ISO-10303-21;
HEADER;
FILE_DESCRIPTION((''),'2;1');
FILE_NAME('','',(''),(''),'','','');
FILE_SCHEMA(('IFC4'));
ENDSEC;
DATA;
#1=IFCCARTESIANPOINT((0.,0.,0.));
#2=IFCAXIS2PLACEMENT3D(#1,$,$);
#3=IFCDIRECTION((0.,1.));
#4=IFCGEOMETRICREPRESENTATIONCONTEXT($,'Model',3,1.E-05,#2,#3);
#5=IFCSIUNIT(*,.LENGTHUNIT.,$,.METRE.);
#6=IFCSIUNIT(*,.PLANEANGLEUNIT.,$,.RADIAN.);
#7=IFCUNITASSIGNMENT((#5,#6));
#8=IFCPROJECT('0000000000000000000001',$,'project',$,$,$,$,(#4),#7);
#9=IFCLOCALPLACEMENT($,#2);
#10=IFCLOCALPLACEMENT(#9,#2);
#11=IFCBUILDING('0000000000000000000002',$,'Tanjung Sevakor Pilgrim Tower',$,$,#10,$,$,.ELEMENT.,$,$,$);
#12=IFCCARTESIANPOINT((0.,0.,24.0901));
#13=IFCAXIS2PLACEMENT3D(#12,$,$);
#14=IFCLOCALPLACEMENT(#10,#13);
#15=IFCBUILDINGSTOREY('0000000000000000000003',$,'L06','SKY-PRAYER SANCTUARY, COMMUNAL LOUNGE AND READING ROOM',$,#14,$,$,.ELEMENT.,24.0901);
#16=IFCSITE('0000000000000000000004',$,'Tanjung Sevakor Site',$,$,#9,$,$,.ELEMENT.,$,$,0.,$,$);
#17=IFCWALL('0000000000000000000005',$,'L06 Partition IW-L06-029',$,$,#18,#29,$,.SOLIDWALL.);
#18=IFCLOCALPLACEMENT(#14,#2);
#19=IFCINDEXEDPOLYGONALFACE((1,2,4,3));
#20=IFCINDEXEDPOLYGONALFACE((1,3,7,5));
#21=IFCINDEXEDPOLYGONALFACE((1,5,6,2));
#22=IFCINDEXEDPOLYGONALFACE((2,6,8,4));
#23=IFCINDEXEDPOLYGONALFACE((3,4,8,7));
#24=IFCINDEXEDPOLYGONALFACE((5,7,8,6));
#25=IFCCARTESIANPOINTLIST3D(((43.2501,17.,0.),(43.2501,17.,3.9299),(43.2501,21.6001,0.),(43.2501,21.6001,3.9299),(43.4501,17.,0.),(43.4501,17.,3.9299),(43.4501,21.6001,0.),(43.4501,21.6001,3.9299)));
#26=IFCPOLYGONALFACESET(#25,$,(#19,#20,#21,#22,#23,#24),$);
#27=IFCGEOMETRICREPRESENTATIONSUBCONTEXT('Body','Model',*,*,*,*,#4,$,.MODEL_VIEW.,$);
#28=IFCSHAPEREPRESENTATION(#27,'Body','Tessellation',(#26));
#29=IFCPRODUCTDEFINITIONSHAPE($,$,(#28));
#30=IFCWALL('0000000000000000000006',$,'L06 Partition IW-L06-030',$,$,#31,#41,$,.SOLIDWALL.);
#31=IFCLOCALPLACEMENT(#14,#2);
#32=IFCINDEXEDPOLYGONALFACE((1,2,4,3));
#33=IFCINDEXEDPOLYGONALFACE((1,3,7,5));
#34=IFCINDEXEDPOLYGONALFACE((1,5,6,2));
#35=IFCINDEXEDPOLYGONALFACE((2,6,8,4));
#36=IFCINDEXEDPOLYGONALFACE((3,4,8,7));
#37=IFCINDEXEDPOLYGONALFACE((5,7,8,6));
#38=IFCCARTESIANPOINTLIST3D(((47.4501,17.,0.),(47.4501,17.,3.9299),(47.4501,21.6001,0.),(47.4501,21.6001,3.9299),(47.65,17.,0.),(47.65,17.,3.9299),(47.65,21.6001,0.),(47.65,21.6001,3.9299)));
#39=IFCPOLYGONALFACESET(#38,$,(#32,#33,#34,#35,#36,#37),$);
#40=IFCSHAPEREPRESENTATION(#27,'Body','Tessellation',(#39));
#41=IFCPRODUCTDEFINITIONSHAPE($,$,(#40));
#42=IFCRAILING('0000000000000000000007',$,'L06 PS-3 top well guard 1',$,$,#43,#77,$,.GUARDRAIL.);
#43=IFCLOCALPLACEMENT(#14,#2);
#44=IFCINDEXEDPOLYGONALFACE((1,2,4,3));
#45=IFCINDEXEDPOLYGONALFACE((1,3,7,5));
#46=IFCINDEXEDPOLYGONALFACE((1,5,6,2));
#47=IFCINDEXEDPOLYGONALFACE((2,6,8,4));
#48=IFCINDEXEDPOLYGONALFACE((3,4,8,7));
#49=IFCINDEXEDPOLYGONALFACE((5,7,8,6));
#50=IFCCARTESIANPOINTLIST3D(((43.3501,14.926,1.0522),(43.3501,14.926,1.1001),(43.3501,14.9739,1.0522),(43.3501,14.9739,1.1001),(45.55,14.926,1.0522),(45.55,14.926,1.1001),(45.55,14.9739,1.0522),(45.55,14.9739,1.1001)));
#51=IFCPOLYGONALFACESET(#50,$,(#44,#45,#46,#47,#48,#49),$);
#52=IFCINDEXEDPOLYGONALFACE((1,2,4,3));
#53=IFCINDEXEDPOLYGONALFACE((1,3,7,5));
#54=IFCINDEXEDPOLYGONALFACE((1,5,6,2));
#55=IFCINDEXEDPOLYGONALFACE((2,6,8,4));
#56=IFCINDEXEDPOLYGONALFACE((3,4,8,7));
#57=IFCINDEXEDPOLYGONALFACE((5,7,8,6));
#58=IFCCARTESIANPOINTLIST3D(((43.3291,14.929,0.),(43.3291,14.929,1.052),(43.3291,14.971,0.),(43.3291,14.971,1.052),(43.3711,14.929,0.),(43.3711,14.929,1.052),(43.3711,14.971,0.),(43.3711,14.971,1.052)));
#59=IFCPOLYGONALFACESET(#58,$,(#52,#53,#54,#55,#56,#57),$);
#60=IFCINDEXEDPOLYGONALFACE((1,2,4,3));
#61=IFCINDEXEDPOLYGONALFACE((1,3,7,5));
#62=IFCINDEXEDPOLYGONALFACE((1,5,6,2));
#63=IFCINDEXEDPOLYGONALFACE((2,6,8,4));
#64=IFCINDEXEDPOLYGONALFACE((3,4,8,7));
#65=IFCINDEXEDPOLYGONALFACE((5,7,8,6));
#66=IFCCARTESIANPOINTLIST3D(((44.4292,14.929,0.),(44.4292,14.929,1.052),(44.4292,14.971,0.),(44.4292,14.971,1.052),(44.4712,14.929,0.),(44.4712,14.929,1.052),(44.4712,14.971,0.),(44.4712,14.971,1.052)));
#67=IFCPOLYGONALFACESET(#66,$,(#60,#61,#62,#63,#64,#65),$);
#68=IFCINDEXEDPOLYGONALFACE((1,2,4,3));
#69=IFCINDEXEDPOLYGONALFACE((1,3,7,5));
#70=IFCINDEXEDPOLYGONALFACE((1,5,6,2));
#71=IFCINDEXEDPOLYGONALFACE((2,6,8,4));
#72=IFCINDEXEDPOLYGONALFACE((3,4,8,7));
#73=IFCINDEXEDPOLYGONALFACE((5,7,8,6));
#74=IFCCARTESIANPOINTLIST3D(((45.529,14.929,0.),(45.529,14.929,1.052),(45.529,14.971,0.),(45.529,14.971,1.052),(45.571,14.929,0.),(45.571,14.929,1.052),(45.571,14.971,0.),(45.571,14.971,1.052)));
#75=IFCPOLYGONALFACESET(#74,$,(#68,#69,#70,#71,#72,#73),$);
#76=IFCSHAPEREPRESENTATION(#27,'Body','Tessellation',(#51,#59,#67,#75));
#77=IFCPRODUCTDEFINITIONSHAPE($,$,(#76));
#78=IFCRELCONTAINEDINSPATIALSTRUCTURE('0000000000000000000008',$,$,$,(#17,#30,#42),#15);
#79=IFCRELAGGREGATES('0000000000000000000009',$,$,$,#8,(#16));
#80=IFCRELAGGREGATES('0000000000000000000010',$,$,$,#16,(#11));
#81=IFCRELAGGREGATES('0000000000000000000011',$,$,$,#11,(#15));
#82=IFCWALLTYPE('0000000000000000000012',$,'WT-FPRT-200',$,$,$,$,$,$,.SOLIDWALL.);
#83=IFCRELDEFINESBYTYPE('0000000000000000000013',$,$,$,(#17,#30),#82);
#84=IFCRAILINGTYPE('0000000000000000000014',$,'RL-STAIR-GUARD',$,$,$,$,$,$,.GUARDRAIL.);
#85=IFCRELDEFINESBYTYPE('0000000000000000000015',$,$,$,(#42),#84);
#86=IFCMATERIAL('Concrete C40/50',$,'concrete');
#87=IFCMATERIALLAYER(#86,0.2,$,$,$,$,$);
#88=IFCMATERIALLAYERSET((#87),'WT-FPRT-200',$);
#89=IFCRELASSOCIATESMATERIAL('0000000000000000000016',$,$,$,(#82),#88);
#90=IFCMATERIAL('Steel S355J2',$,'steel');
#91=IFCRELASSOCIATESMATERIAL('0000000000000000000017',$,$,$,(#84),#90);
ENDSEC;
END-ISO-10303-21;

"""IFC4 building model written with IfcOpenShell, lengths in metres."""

from ifc_helpers import new_model, si_unit, direction, frame, frame_2d, origin, place, context, subcontext, project, spatial, rectangle, extrude, material, layer, layer_set, type_object, element, save


model = new_model("IFC4")

# Units and contexts
model_context = context("Model", 3, precision=1e-05, world=origin(), true_north=direction((0.0, 1.0)))
body_context = subcontext(model_context, "Body", "Model", "MODEL_VIEW")
ifc_project = project(units=[si_unit("LENGTHUNIT", "METRE"), si_unit("PLANEANGLEUNIT", "RADIAN")], contexts=[model_context])

# Site, building, storey
site_placement = place(None, origin())
site = spatial("IfcSite", under=ifc_project, at=site_placement, Name="Tanjung Sevakor Site", CompositionType="ELEMENT", RefElevation=0.0)
building_placement = place(site_placement, origin())
building = spatial("IfcBuilding", under=site, at=building_placement, Name="Tanjung Sevakor Pilgrim Tower", CompositionType="ELEMENT")
storey_placement = place(building_placement, frame((0.0, 0.0, 24.0901)))
storey = spatial("IfcBuildingStorey", under=building, at=storey_placement, Name="L06", Description="SKY-PRAYER SANCTUARY, COMMUNAL LOUNGE AND READING ROOM", CompositionType="ELEMENT", Elevation=24.0901)

# Walls
ifc_material_1 = material(Name="Concrete C40/50", Category="concrete")
ifc_layer_1 = layer(ifc_material_1, 0.2)
ifc_layer_set_1 = layer_set([ifc_layer_1], Name="WT-FPRT-200")
wall_type_1 = type_object("IfcWallType", Name="WT-FPRT-200", PredefinedType="SOLIDWALL", material=ifc_layer_set_1)
for number, where, z_axis, x_axis, name in (
    (1, (43.3501, 17.0, 0.0), (0.0, 0.0, 1.0), (0.0, 1.0, 0.0), "L06 Partition IW-L06-029"),
    (2, (47.55, 17.0, 0.0), (0.0, 0.0, 1.0), (0.0, 1.0, 0.0), "L06 Partition IW-L06-030"),
):
    element("IfcWall", number, at=place(storey_placement, frame(where, z_axis=z_axis, x_axis=x_axis)), inside=storey, type_object=wall_type_1, Name=name, PredefinedType="SOLIDWALL", context=body_context, shape_type="SweptSolid", body=[
        extrude(rectangle(XDim=4.6001, YDim=0.2, at=frame_2d((2.3, 0.0))), origin(), (0.0, 0.0, 1.0), 3.9299),
    ])

# Railing
ifc_material_2 = material(Name="Steel S355J2", Category="steel")
railing_type = type_object("IfcRailingType", Name="RL-STAIR-GUARD", PredefinedType="GUARDRAIL", material=ifc_material_2)
railing_placement = place(storey_placement, frame((43.3501, 14.95, 0.0)))
element("IfcRailing", 3, at=railing_placement, inside=storey, type_object=railing_type, Name="L06 PS-3 top well guard 1", PredefinedType="GUARDRAIL", context=body_context, shape_type="SweptSolid", body=[
    extrude(rectangle(XDim=0.0479, YDim=0.0479), frame((0.0, 0.0, 1.0762), z_axis=(1.0, 0.0, 0.0), x_axis=(0.0, 1.0, 0.0)), (0.0, 0.0, 1.0), 2.2),
    extrude(rectangle(XDim=0.042, YDim=0.042), origin(), (0.0, 0.0, 1.0), 1.052),
    extrude(rectangle(XDim=0.042, YDim=0.042), frame((1.1001, 0.0, 0.0)), (0.0, 0.0, 1.0), 1.052),
    extrude(rectangle(XDim=0.042, YDim=0.042), frame((2.2, 0.0, 0.0)), (0.0, 0.0, 1.0), 1.052),
])

save(model, "model.ifc")
